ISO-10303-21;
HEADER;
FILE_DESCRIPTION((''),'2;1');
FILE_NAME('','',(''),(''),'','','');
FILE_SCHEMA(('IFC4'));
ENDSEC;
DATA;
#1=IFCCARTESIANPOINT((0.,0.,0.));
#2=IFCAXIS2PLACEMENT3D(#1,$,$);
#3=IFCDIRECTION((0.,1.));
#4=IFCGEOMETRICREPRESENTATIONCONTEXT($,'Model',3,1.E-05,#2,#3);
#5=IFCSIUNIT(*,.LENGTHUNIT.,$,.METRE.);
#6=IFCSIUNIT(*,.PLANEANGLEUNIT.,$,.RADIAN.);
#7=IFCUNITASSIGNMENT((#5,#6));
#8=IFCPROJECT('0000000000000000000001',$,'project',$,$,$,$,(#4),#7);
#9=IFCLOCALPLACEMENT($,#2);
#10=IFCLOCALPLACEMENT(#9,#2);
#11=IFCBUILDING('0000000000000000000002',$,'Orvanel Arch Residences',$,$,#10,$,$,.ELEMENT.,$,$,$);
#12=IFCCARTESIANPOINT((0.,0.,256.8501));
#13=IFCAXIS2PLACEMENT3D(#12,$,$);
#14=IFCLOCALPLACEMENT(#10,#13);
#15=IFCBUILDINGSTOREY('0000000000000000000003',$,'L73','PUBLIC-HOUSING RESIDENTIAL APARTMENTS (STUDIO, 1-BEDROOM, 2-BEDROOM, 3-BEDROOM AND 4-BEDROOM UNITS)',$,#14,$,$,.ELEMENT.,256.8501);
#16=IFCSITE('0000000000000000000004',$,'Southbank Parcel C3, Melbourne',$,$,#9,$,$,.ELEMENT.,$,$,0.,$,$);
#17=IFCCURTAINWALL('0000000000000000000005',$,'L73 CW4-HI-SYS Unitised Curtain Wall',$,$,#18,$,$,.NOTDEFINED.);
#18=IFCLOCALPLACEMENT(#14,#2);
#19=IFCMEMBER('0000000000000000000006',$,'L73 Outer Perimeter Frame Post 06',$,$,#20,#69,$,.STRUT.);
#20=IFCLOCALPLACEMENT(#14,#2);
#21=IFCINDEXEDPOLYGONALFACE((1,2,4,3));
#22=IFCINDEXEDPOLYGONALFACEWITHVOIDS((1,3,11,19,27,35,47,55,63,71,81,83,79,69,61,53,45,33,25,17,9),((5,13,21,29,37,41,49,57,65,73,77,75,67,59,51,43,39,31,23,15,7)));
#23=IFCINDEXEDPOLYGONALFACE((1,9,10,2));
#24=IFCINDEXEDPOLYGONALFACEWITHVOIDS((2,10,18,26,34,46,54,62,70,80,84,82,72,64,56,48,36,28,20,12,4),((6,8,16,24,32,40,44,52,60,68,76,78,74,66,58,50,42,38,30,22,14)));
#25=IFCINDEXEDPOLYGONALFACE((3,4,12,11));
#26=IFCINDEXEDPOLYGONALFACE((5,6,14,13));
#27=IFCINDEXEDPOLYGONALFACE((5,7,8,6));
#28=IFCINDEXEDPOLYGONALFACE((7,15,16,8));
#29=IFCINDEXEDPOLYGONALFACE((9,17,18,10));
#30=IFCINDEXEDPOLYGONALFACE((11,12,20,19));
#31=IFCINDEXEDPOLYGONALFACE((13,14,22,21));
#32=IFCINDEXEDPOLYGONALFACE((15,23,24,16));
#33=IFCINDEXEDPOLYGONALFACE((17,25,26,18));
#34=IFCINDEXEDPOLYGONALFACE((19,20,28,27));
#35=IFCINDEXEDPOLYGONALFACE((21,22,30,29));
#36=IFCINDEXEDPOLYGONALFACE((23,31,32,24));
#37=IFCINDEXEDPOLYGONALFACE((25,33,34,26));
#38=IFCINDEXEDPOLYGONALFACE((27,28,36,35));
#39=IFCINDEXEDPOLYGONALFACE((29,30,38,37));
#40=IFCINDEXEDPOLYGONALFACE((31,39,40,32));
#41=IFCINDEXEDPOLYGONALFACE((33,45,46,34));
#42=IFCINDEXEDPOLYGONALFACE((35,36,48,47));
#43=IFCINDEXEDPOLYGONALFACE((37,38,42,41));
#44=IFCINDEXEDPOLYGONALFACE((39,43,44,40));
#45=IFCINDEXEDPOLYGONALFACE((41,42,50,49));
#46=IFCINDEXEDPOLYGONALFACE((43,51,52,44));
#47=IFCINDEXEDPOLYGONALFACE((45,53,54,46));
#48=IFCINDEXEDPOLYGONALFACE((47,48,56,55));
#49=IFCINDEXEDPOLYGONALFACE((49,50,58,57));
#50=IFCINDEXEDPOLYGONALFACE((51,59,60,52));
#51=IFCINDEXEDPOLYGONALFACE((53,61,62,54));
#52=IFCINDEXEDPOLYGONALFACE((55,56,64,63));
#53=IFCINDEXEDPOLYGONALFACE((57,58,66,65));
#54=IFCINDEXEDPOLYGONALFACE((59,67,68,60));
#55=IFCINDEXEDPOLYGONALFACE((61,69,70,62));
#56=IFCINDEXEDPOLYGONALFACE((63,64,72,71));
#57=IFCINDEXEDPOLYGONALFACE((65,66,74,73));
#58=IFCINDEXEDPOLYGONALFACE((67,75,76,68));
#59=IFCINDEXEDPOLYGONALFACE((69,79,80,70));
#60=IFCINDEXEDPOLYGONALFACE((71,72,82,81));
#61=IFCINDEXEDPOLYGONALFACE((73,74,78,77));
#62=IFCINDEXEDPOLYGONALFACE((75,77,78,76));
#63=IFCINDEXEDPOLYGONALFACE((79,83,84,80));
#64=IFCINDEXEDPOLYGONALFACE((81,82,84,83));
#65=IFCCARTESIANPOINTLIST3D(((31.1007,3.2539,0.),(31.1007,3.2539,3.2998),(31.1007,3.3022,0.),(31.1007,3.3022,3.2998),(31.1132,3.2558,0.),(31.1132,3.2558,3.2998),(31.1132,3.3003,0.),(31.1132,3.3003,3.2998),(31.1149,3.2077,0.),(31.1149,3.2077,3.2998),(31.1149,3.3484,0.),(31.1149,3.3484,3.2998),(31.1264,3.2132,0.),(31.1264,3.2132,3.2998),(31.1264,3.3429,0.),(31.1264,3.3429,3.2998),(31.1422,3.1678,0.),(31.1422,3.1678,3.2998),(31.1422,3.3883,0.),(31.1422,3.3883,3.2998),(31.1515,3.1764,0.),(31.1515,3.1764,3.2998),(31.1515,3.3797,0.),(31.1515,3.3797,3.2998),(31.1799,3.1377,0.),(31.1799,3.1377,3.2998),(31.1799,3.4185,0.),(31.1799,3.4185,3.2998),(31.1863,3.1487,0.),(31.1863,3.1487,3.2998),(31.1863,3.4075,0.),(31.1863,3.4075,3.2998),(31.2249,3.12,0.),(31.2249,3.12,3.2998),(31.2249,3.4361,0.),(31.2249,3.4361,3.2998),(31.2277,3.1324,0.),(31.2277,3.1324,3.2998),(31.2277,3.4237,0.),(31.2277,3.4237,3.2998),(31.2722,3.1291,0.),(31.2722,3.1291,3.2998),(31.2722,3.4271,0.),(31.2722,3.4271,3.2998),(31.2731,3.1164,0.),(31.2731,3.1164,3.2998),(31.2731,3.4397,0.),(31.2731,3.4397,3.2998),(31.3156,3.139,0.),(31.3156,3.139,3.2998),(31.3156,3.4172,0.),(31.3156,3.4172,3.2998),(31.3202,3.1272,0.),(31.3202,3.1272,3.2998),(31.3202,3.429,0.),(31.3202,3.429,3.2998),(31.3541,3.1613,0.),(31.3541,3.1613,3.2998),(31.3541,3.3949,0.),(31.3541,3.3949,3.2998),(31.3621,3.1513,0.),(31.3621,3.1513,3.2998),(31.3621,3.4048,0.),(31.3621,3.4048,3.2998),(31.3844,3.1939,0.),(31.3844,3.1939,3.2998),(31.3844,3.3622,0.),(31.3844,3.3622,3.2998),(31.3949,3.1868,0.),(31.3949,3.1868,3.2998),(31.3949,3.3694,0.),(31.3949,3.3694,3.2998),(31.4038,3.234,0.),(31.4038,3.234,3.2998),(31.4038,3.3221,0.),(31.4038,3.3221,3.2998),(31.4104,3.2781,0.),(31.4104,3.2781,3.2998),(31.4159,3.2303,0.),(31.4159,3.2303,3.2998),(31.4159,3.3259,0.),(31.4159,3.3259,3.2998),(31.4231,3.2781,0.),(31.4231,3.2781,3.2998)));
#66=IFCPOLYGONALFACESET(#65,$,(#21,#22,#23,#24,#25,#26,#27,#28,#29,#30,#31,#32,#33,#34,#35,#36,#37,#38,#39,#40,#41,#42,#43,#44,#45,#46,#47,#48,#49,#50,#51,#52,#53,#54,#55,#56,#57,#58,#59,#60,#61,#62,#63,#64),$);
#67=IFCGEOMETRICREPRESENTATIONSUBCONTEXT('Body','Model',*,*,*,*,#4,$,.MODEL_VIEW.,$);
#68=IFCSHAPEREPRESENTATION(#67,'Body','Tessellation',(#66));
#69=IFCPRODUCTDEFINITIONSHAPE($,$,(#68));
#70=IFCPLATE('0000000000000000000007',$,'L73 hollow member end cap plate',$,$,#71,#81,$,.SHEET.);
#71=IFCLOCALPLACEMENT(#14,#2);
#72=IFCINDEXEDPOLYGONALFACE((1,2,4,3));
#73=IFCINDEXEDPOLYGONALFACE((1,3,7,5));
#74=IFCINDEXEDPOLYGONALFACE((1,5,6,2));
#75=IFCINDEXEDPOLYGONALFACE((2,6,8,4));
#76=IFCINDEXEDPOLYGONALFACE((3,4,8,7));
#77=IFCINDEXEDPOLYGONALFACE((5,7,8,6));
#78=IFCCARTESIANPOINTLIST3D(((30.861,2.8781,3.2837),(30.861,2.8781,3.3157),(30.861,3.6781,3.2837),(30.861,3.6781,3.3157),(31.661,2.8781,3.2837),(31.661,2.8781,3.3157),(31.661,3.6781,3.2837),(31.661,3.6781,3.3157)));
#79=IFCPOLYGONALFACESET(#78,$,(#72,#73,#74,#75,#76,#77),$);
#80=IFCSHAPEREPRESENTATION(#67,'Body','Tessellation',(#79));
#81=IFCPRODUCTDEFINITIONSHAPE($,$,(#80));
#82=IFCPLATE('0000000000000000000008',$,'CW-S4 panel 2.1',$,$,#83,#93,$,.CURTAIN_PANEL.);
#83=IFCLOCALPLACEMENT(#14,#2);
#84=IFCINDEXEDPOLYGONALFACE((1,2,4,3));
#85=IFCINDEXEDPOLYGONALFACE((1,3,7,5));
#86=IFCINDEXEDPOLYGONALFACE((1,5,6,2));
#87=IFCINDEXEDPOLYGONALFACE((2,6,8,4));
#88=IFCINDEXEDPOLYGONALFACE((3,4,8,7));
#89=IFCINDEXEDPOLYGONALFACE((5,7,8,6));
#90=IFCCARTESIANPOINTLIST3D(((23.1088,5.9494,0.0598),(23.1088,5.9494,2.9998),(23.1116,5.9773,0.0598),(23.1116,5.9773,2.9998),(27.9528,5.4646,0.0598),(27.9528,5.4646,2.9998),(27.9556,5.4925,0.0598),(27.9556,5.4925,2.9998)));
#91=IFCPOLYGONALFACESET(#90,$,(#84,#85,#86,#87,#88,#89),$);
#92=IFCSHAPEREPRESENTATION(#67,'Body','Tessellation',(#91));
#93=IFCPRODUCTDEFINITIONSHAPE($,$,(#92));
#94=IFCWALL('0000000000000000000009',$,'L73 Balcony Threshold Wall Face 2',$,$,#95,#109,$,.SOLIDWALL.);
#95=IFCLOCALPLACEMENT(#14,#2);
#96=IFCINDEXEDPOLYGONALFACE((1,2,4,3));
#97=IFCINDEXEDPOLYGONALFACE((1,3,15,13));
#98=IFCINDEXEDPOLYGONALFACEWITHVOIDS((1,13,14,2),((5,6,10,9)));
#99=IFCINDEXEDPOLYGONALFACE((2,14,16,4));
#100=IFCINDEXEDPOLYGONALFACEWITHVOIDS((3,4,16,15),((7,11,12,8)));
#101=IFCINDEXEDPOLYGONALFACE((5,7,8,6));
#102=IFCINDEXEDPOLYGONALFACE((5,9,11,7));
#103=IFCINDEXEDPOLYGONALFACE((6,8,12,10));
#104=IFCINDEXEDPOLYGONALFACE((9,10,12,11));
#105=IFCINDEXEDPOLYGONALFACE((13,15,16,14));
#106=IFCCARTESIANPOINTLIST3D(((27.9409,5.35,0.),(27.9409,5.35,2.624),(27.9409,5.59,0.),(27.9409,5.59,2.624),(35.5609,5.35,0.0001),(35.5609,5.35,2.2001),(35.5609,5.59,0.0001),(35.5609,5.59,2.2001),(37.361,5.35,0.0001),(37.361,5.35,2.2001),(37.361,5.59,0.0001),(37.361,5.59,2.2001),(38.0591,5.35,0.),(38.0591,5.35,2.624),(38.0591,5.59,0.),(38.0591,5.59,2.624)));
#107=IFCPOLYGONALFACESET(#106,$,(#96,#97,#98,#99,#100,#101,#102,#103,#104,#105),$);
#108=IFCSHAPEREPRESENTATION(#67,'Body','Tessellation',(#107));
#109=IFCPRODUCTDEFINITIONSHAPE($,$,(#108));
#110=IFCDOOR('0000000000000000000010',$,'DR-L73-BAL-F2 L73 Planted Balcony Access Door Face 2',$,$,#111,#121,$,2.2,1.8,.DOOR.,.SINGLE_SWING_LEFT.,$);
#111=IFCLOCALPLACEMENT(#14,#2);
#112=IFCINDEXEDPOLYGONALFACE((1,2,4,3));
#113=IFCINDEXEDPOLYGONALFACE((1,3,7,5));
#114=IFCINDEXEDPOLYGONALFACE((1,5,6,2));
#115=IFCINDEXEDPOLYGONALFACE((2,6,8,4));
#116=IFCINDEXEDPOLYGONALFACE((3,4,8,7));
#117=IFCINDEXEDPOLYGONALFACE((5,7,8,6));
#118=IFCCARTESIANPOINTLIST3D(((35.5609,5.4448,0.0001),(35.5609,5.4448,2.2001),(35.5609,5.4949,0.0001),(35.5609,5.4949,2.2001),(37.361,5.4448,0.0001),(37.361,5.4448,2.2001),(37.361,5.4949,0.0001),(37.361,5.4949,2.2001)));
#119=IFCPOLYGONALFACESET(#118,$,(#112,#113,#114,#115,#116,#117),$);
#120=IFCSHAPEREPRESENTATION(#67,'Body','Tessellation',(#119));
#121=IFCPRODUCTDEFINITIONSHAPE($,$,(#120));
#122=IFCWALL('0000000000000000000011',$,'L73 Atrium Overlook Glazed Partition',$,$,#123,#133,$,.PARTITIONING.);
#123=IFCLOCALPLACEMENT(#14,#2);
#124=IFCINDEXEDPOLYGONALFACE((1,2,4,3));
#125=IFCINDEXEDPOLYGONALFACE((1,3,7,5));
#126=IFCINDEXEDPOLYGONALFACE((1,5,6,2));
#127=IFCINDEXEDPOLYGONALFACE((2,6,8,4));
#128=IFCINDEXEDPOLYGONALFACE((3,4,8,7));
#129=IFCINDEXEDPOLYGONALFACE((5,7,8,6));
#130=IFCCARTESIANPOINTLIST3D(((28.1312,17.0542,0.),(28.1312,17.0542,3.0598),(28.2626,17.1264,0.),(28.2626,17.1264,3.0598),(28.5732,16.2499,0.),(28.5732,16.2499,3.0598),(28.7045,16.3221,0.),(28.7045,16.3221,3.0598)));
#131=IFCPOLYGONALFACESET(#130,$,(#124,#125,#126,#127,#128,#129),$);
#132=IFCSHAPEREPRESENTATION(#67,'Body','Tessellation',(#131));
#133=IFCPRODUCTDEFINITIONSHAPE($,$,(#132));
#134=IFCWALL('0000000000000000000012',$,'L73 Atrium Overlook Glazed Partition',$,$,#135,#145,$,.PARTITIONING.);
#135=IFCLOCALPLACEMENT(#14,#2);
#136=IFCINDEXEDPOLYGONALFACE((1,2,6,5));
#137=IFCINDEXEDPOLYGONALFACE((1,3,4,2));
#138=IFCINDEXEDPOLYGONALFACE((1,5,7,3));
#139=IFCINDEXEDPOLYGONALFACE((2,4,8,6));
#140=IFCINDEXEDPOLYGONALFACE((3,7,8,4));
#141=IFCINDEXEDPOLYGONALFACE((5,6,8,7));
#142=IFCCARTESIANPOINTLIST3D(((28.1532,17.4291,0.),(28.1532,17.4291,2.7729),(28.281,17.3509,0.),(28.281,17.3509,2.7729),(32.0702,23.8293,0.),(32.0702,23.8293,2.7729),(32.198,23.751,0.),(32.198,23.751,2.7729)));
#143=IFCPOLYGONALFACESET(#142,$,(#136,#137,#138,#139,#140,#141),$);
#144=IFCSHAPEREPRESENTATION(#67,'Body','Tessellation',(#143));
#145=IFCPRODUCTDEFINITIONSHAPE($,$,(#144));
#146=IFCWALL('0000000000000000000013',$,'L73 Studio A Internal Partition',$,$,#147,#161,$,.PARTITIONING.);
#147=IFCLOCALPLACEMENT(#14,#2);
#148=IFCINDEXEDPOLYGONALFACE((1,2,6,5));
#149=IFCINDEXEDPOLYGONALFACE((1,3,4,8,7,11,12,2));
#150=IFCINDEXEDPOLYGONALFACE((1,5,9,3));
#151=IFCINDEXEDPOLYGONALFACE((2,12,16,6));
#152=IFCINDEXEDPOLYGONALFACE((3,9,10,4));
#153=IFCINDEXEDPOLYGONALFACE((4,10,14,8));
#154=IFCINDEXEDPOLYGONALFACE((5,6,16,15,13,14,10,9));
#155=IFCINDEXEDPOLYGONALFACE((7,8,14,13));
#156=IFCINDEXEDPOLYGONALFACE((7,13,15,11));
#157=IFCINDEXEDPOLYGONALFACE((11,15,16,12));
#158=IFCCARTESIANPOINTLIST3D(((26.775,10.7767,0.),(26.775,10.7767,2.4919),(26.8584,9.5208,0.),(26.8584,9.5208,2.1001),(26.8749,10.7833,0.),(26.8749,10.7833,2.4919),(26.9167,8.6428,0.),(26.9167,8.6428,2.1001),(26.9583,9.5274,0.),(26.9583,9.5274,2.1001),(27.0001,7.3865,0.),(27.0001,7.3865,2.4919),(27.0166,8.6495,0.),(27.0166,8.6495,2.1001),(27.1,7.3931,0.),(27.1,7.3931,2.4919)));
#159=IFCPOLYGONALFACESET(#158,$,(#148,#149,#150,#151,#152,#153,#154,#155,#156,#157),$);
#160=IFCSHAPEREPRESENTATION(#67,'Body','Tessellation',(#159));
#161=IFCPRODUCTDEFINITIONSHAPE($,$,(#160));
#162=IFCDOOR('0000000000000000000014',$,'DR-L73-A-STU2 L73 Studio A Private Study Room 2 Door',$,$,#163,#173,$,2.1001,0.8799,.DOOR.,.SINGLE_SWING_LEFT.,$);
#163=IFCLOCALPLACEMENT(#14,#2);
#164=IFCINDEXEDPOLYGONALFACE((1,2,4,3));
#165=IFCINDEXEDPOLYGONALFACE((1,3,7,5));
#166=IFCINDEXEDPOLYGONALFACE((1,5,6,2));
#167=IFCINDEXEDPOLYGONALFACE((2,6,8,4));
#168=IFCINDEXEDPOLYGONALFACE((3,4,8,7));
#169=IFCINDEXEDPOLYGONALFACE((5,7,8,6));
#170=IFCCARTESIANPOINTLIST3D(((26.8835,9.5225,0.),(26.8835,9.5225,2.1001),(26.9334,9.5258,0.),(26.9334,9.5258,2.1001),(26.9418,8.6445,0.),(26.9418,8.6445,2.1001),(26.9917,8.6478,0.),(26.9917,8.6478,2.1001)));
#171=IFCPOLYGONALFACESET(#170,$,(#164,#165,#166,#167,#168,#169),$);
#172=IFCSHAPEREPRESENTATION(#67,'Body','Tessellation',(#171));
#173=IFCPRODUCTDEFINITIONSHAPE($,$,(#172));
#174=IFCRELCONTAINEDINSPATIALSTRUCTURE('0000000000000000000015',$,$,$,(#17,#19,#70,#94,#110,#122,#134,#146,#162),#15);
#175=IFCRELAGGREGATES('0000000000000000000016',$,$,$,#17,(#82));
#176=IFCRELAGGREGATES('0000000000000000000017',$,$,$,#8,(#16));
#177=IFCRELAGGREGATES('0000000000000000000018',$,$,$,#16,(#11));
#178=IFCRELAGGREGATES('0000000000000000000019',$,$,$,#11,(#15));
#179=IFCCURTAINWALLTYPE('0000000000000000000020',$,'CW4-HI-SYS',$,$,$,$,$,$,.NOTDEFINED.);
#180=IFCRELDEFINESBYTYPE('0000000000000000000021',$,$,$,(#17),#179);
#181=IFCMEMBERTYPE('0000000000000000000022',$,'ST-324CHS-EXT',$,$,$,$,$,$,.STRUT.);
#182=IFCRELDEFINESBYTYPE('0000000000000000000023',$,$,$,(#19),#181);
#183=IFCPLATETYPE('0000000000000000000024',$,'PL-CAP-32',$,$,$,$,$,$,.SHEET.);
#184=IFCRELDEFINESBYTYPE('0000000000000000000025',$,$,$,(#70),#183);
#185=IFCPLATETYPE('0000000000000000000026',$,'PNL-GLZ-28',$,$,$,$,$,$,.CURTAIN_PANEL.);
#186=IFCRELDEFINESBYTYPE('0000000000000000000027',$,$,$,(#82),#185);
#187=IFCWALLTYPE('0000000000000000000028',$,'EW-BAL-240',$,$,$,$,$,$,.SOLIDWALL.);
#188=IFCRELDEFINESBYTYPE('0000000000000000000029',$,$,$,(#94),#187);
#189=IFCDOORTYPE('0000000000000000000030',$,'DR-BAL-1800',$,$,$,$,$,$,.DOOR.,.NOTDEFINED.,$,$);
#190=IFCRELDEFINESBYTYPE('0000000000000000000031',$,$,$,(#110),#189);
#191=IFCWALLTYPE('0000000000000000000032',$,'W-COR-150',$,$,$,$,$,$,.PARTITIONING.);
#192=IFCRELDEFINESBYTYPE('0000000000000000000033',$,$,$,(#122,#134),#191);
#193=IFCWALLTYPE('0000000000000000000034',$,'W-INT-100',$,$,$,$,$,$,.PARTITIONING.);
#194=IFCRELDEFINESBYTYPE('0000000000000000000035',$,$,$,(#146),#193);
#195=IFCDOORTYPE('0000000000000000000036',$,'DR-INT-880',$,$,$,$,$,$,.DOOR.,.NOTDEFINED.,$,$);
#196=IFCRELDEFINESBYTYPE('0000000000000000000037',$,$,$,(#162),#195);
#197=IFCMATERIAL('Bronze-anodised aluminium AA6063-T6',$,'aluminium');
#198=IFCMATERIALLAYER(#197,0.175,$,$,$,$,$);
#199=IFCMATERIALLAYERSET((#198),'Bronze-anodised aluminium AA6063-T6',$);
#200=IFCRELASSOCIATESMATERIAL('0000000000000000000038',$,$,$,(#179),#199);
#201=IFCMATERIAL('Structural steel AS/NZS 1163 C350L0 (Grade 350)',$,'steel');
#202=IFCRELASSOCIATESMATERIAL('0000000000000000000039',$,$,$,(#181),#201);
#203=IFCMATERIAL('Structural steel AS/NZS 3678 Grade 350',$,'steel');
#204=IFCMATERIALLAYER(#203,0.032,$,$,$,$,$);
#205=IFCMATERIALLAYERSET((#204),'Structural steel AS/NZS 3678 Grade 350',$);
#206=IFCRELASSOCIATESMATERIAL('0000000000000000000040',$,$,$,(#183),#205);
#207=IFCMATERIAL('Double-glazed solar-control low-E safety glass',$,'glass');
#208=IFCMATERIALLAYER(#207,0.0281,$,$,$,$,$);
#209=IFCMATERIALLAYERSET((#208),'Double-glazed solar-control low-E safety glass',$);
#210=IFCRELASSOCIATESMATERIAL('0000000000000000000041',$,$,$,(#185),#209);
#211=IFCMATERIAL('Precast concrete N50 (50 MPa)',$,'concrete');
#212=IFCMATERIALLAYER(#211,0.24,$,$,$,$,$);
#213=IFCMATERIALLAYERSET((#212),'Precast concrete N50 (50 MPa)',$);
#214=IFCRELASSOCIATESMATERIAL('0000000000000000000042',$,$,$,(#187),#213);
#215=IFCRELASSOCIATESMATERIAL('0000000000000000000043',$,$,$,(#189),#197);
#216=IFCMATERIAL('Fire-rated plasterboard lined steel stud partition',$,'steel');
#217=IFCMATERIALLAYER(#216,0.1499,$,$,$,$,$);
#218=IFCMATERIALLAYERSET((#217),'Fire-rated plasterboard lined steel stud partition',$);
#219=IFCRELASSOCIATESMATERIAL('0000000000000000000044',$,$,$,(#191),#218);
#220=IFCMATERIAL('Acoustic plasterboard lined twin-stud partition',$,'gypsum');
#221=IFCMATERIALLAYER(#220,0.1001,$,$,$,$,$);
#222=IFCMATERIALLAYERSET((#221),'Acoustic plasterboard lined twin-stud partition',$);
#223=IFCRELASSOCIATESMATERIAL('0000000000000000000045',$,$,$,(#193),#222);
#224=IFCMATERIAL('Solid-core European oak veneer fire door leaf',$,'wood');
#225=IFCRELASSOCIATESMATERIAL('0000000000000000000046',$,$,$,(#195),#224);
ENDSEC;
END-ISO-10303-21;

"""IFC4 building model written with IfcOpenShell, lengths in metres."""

from ifc_helpers import new_model, si_unit, direction, frame, frame_2d, origin, origin_2d, place, context, subcontext, project, spatial, rectangle, hollow_circle, extrude, material, layer, layer_set, material_profile, profile_set, type_object, element, fill, aggregate, save


model = new_model("IFC4")

# Units and contexts
model_context = context("Model", 3, precision=1e-05, world=origin(), true_north=direction((0.0, 1.0)))
body_context = subcontext(model_context, "Body", "Model", "MODEL_VIEW")
ifc_project = project(units=[si_unit("LENGTHUNIT", "METRE"), si_unit("PLANEANGLEUNIT", "RADIAN")], contexts=[model_context])

# Site, building, storey
site_placement = place(None, origin())
site = spatial("IfcSite", under=ifc_project, at=site_placement, Name="Southbank Parcel C3, Melbourne", CompositionType="ELEMENT", RefElevation=0.0)
building_placement = place(site_placement, origin())
building = spatial("IfcBuilding", under=site, at=building_placement, Name="Orvanel Arch Residences", CompositionType="ELEMENT")
storey_placement = place(building_placement, frame((0.0, 0.0, 256.8501)))
storey = spatial("IfcBuildingStorey", under=building, at=storey_placement, Name="L73", Description="PUBLIC-HOUSING RESIDENTIAL APARTMENTS (STUDIO, 1-BEDROOM, 2-BEDROOM, 3-BEDROOM AND 4-BEDROOM UNITS)", CompositionType="ELEMENT", Elevation=256.8501)

# Shared definitions
ifc_material_1 = material(Name="Structural steel AS/NZS 1163 C350L0 (Grade 350)", Category="steel")

# Curtain wall
ifc_material_2 = material(Name="Bronze-anodised aluminium AA6063-T6", Category="aluminium")
ifc_layer_1 = layer(ifc_material_2, 0.175)
ifc_layer_set_1 = layer_set([ifc_layer_1], Name="Bronze-anodised aluminium AA6063-T6")
curtain_wall_type = type_object("IfcCurtainWallType", Name="CW4-HI-SYS", PredefinedType="NOTDEFINED", material=ifc_layer_set_1)
curtain_wall_placement = place(storey_placement, origin())
curtain_wall = element("IfcCurtainWall", 1, at=curtain_wall_placement, inside=storey, type_object=curtain_wall_type, Name="L73 CW4-HI-SYS Unitised Curtain Wall", PredefinedType="NOTDEFINED")

# Member
ifc_material_profile_1 = material_profile(ifc_material_1, hollow_circle(Radius=0.1621, WallThickness=0.0127, at=origin_2d()), Name="CHS324x12.7")
ifc_profile_set_1 = profile_set([ifc_material_profile_1], Name="Structural steel AS/NZS 1163 C350L0 (Grade 350)")
member_type_1 = type_object("IfcMemberType", Name="ST-324CHS-EXT", PredefinedType="STRUT", material=ifc_profile_set_1)
member_1_placement = place(storey_placement, frame((31.261, 3.2781, 0.0), z_axis=(0.0, 0.0, 1.0), x_axis=(1.0, 0.0, 0.0)))
element("IfcMember", 2, at=member_1_placement, inside=storey, type_object=member_type_1, Name="L73 Outer Perimeter Frame Post 06", PredefinedType="STRUT", context=body_context, shape_type="SweptSolid", body=[
    extrude(hollow_circle(Radius=0.1621, WallThickness=0.0127, at=origin_2d()), origin(), (0.0, 0.0, 1.0), 3.2998),
])

# Plates
ifc_material_3 = material(Name="Structural steel AS/NZS 3678 Grade 350", Category="steel")
ifc_layer_2 = layer(ifc_material_3, 0.032)
ifc_layer_set_2 = layer_set([ifc_layer_2], Name="Structural steel AS/NZS 3678 Grade 350")
plate_type_1 = type_object("IfcPlateType", Name="PL-CAP-32", PredefinedType="SHEET", material=ifc_layer_set_2)
plate_1_placement = place(storey_placement, frame((31.261, 3.2781, 3.2837), z_axis=(0.0, 0.0, 1.0), x_axis=(1.0, 0.0, 0.0)))
element("IfcPlate", 3, at=plate_1_placement, inside=storey, type_object=plate_type_1, Name="L73 hollow member end cap plate", PredefinedType="SHEET", context=body_context, shape_type="SweptSolid", body=[
    extrude(rectangle(XDim=0.8, YDim=0.8, at=origin_2d()), origin(), (0.0, 0.0, 1.0), 0.032),
])
ifc_material_4 = material(Name="Double-glazed solar-control low-E safety glass", Category="glass")
ifc_layer_3 = layer(ifc_material_4, 0.0281)
ifc_layer_set_3 = layer_set([ifc_layer_3], Name="Double-glazed solar-control low-E safety glass")
plate_type_2 = type_object("IfcPlateType", Name="PNL-GLZ-28", PredefinedType="CURTAIN_PANEL", material=ifc_layer_set_3)
plate_2_placement = place(storey_placement, frame((25.5322, 5.7209, 0.0598), z_axis=(0.0, 0.0, 1.0), x_axis=(0.995029, -0.099583, 0.0)))
plate_2 = element("IfcPlate", 4, at=plate_2_placement, type_object=plate_type_2, Name="CW-S4 panel 2.1", PredefinedType="CURTAIN_PANEL", context=body_context, shape_type="SweptSolid", body=[
    extrude(rectangle(XDim=4.8682, YDim=0.0281, at=origin_2d()), origin(), (0.0, 0.0, 1.0), 2.9399),
])
aggregate(curtain_wall, [plate_2])

# Wall, opening, door
ifc_material_5 = material(Name="Precast concrete N50 (50 MPa)", Category="concrete")
ifc_layer_4 = layer(ifc_material_5, 0.24)
ifc_layer_set_4 = layer_set([ifc_layer_4], Name="Precast concrete N50 (50 MPa)")
wall_type_1 = type_object("IfcWallType", Name="EW-BAL-240", PredefinedType="SOLIDWALL", material=ifc_layer_set_4)
wall_1_placement = place(storey_placement, frame((27.9409, 5.47, 0.0), z_axis=(0.0, 0.0, 1.0), x_axis=(1.0, 0.0, 0.0)))
wall_1 = element("IfcWall", 5, at=wall_1_placement, inside=storey, type_object=wall_type_1, Name="L73 Balcony Threshold Wall Face 2", PredefinedType="SOLIDWALL", context=body_context, shape_type="SweptSolid", body=[
    extrude(rectangle(XDim=10.1182, YDim=0.24, at=frame_2d((5.0591, 0.0))), origin(), (0.0, 0.0, 1.0), 2.624),
])
opening_1_placement = place(wall_1_placement, frame((7.6201, 0.0, 0.0)))
opening_1 = element("IfcOpeningElement", 6, at=opening_1_placement, cuts=wall_1, PredefinedType="OPENING", context=body_context, shape_type="SweptSolid", body=[
    extrude(rectangle(XDim=1.8, YDim=2.2, at=frame_2d((0.8999, 1.1001))), frame((0.0, 0.1299, 0.0), z_axis=(0.0, -1.0, 0.0), x_axis=(1.0, 0.0, 0.0)), (0.0, 0.0, 1.0), 0.26),
])
door_type_1 = type_object("IfcDoorType", Name="DR-BAL-1800", OperationType="NOTDEFINED", PredefinedType="DOOR", material=ifc_material_2)
door_1_placement = place(opening_1_placement, origin())
door_1 = element("IfcDoor", 7, at=door_1_placement, inside=storey, type_object=door_type_1, Name="DR-L73-BAL-F2 L73 Planted Balcony Access Door Face 2", OperationType="SINGLE_SWING_LEFT", OverallHeight=2.2, OverallWidth=1.8, PredefinedType="DOOR", context=body_context, shape_type="SweptSolid", body=[
    extrude(rectangle(XDim=1.8, YDim=2.2, at=frame_2d((0.8999, 1.1001))), frame((0.0, 0.0249, 0.0), z_axis=(0.0, -1.0, 0.0), x_axis=(1.0, 0.0, 0.0)), (0.0, 0.0, 1.0), 0.05),
])
fill(opening_1, door_1)

# Walls
ifc_material_6 = material(Name="Fire-rated plasterboard lined steel stud partition", Category="steel")
ifc_layer_5 = layer(ifc_material_6, 0.1499)
ifc_layer_set_5 = layer_set([ifc_layer_5], Name="Fire-rated plasterboard lined steel stud partition")
wall_type_2 = type_object("IfcWallType", Name="W-COR-150", PredefinedType="PARTITIONING", material=ifc_layer_set_5)
wall_2_placement = place(storey_placement, frame((28.6389, 16.2859, 0.0), z_axis=(0.0, 0.0, 1.0), x_axis=(-0.481571, 0.876407, 0.0)))
element("IfcWall", 8, at=wall_2_placement, inside=storey, type_object=wall_type_2, Name="L73 Atrium Overlook Glazed Partition", PredefinedType="PARTITIONING", context=body_context, shape_type="SweptSolid", body=[
    extrude(rectangle(XDim=0.9177, YDim=0.1499, at=frame_2d((0.459, 0.0))), origin(), (0.0, 0.0, 1.0), 3.0598),
])
wall_3_placement = place(storey_placement, frame((28.217, 17.3899, 0.0), z_axis=(0.0, 0.0, 1.0), x_axis=(0.522012, 0.852938, 0.0)))
element("IfcWall", 9, at=wall_3_placement, inside=storey, type_object=wall_type_2, Name="L73 Atrium Overlook Glazed Partition", PredefinedType="PARTITIONING", context=body_context, shape_type="SweptSolid", body=[
    extrude(rectangle(XDim=7.5037, YDim=0.1499, at=frame_2d((3.752, 0.0))), origin(), (0.0, 0.0, 1.0), 2.7729),
])

# Wall, opening, door
ifc_material_7 = material(Name="Acoustic plasterboard lined twin-stud partition", Category="gypsum")
ifc_layer_6 = layer(ifc_material_7, 0.1001)
ifc_layer_set_6 = layer_set([ifc_layer_6], Name="Acoustic plasterboard lined twin-stud partition")
wall_type_3 = type_object("IfcWallType", Name="W-INT-100", PredefinedType="PARTITIONING", material=ifc_layer_set_6)
wall_4_placement = place(storey_placement, frame((27.05, 7.3899, 0.0), z_axis=(0.0, 0.0, 1.0), x_axis=(-0.066252, 0.997803, 0.0)))
wall_4 = element("IfcWall", 10, at=wall_4_placement, inside=storey, type_object=wall_type_3, Name="L73 Studio A Internal Partition", PredefinedType="PARTITIONING", context=body_context, shape_type="SweptSolid", body=[
    extrude(rectangle(XDim=3.3977, YDim=0.1001, at=frame_2d((1.6987, 0.0))), origin(), (0.0, 0.0, 1.0), 2.4919),
])
opening_2_placement = place(wall_4_placement, frame((1.259, 0.0, 0.0)))
opening_2 = element("IfcOpeningElement", 11, at=opening_2_placement, cuts=wall_4, PredefinedType="OPENING", context=body_context, shape_type="SweptSolid", body=[
    extrude(rectangle(XDim=0.8799, YDim=2.1001, at=frame_2d((0.4399, 1.05))), frame((0.0, 0.0601, 0.0), z_axis=(0.0, -1.0, 0.0), x_axis=(1.0, 0.0, 0.0)), (0.0, 0.0, 1.0), 0.1201),
])
ifc_material_8 = material(Name="Solid-core European oak veneer fire door leaf", Category="wood")
door_type_2 = type_object("IfcDoorType", Name="DR-INT-880", OperationType="NOTDEFINED", PredefinedType="DOOR", material=ifc_material_8)
door_2_placement = place(opening_2_placement, origin())
door_2 = element("IfcDoor", 12, at=door_2_placement, inside=storey, type_object=door_type_2, Name="DR-L73-A-STU2 L73 Studio A Private Study Room 2 Door", OperationType="SINGLE_SWING_LEFT", OverallHeight=2.1001, OverallWidth=0.8799, PredefinedType="DOOR", context=body_context, shape_type="SweptSolid", body=[
    extrude(rectangle(XDim=0.8799, YDim=2.1001, at=frame_2d((0.4399, 1.05))), frame((0.0, 0.0249, 0.0), z_axis=(0.0, -1.0, 0.0), x_axis=(1.0, 0.0, 0.0)), (0.0, 0.0, 1.0), 0.05),
])
fill(opening_2, door_2)

save(model, "model.ifc")
